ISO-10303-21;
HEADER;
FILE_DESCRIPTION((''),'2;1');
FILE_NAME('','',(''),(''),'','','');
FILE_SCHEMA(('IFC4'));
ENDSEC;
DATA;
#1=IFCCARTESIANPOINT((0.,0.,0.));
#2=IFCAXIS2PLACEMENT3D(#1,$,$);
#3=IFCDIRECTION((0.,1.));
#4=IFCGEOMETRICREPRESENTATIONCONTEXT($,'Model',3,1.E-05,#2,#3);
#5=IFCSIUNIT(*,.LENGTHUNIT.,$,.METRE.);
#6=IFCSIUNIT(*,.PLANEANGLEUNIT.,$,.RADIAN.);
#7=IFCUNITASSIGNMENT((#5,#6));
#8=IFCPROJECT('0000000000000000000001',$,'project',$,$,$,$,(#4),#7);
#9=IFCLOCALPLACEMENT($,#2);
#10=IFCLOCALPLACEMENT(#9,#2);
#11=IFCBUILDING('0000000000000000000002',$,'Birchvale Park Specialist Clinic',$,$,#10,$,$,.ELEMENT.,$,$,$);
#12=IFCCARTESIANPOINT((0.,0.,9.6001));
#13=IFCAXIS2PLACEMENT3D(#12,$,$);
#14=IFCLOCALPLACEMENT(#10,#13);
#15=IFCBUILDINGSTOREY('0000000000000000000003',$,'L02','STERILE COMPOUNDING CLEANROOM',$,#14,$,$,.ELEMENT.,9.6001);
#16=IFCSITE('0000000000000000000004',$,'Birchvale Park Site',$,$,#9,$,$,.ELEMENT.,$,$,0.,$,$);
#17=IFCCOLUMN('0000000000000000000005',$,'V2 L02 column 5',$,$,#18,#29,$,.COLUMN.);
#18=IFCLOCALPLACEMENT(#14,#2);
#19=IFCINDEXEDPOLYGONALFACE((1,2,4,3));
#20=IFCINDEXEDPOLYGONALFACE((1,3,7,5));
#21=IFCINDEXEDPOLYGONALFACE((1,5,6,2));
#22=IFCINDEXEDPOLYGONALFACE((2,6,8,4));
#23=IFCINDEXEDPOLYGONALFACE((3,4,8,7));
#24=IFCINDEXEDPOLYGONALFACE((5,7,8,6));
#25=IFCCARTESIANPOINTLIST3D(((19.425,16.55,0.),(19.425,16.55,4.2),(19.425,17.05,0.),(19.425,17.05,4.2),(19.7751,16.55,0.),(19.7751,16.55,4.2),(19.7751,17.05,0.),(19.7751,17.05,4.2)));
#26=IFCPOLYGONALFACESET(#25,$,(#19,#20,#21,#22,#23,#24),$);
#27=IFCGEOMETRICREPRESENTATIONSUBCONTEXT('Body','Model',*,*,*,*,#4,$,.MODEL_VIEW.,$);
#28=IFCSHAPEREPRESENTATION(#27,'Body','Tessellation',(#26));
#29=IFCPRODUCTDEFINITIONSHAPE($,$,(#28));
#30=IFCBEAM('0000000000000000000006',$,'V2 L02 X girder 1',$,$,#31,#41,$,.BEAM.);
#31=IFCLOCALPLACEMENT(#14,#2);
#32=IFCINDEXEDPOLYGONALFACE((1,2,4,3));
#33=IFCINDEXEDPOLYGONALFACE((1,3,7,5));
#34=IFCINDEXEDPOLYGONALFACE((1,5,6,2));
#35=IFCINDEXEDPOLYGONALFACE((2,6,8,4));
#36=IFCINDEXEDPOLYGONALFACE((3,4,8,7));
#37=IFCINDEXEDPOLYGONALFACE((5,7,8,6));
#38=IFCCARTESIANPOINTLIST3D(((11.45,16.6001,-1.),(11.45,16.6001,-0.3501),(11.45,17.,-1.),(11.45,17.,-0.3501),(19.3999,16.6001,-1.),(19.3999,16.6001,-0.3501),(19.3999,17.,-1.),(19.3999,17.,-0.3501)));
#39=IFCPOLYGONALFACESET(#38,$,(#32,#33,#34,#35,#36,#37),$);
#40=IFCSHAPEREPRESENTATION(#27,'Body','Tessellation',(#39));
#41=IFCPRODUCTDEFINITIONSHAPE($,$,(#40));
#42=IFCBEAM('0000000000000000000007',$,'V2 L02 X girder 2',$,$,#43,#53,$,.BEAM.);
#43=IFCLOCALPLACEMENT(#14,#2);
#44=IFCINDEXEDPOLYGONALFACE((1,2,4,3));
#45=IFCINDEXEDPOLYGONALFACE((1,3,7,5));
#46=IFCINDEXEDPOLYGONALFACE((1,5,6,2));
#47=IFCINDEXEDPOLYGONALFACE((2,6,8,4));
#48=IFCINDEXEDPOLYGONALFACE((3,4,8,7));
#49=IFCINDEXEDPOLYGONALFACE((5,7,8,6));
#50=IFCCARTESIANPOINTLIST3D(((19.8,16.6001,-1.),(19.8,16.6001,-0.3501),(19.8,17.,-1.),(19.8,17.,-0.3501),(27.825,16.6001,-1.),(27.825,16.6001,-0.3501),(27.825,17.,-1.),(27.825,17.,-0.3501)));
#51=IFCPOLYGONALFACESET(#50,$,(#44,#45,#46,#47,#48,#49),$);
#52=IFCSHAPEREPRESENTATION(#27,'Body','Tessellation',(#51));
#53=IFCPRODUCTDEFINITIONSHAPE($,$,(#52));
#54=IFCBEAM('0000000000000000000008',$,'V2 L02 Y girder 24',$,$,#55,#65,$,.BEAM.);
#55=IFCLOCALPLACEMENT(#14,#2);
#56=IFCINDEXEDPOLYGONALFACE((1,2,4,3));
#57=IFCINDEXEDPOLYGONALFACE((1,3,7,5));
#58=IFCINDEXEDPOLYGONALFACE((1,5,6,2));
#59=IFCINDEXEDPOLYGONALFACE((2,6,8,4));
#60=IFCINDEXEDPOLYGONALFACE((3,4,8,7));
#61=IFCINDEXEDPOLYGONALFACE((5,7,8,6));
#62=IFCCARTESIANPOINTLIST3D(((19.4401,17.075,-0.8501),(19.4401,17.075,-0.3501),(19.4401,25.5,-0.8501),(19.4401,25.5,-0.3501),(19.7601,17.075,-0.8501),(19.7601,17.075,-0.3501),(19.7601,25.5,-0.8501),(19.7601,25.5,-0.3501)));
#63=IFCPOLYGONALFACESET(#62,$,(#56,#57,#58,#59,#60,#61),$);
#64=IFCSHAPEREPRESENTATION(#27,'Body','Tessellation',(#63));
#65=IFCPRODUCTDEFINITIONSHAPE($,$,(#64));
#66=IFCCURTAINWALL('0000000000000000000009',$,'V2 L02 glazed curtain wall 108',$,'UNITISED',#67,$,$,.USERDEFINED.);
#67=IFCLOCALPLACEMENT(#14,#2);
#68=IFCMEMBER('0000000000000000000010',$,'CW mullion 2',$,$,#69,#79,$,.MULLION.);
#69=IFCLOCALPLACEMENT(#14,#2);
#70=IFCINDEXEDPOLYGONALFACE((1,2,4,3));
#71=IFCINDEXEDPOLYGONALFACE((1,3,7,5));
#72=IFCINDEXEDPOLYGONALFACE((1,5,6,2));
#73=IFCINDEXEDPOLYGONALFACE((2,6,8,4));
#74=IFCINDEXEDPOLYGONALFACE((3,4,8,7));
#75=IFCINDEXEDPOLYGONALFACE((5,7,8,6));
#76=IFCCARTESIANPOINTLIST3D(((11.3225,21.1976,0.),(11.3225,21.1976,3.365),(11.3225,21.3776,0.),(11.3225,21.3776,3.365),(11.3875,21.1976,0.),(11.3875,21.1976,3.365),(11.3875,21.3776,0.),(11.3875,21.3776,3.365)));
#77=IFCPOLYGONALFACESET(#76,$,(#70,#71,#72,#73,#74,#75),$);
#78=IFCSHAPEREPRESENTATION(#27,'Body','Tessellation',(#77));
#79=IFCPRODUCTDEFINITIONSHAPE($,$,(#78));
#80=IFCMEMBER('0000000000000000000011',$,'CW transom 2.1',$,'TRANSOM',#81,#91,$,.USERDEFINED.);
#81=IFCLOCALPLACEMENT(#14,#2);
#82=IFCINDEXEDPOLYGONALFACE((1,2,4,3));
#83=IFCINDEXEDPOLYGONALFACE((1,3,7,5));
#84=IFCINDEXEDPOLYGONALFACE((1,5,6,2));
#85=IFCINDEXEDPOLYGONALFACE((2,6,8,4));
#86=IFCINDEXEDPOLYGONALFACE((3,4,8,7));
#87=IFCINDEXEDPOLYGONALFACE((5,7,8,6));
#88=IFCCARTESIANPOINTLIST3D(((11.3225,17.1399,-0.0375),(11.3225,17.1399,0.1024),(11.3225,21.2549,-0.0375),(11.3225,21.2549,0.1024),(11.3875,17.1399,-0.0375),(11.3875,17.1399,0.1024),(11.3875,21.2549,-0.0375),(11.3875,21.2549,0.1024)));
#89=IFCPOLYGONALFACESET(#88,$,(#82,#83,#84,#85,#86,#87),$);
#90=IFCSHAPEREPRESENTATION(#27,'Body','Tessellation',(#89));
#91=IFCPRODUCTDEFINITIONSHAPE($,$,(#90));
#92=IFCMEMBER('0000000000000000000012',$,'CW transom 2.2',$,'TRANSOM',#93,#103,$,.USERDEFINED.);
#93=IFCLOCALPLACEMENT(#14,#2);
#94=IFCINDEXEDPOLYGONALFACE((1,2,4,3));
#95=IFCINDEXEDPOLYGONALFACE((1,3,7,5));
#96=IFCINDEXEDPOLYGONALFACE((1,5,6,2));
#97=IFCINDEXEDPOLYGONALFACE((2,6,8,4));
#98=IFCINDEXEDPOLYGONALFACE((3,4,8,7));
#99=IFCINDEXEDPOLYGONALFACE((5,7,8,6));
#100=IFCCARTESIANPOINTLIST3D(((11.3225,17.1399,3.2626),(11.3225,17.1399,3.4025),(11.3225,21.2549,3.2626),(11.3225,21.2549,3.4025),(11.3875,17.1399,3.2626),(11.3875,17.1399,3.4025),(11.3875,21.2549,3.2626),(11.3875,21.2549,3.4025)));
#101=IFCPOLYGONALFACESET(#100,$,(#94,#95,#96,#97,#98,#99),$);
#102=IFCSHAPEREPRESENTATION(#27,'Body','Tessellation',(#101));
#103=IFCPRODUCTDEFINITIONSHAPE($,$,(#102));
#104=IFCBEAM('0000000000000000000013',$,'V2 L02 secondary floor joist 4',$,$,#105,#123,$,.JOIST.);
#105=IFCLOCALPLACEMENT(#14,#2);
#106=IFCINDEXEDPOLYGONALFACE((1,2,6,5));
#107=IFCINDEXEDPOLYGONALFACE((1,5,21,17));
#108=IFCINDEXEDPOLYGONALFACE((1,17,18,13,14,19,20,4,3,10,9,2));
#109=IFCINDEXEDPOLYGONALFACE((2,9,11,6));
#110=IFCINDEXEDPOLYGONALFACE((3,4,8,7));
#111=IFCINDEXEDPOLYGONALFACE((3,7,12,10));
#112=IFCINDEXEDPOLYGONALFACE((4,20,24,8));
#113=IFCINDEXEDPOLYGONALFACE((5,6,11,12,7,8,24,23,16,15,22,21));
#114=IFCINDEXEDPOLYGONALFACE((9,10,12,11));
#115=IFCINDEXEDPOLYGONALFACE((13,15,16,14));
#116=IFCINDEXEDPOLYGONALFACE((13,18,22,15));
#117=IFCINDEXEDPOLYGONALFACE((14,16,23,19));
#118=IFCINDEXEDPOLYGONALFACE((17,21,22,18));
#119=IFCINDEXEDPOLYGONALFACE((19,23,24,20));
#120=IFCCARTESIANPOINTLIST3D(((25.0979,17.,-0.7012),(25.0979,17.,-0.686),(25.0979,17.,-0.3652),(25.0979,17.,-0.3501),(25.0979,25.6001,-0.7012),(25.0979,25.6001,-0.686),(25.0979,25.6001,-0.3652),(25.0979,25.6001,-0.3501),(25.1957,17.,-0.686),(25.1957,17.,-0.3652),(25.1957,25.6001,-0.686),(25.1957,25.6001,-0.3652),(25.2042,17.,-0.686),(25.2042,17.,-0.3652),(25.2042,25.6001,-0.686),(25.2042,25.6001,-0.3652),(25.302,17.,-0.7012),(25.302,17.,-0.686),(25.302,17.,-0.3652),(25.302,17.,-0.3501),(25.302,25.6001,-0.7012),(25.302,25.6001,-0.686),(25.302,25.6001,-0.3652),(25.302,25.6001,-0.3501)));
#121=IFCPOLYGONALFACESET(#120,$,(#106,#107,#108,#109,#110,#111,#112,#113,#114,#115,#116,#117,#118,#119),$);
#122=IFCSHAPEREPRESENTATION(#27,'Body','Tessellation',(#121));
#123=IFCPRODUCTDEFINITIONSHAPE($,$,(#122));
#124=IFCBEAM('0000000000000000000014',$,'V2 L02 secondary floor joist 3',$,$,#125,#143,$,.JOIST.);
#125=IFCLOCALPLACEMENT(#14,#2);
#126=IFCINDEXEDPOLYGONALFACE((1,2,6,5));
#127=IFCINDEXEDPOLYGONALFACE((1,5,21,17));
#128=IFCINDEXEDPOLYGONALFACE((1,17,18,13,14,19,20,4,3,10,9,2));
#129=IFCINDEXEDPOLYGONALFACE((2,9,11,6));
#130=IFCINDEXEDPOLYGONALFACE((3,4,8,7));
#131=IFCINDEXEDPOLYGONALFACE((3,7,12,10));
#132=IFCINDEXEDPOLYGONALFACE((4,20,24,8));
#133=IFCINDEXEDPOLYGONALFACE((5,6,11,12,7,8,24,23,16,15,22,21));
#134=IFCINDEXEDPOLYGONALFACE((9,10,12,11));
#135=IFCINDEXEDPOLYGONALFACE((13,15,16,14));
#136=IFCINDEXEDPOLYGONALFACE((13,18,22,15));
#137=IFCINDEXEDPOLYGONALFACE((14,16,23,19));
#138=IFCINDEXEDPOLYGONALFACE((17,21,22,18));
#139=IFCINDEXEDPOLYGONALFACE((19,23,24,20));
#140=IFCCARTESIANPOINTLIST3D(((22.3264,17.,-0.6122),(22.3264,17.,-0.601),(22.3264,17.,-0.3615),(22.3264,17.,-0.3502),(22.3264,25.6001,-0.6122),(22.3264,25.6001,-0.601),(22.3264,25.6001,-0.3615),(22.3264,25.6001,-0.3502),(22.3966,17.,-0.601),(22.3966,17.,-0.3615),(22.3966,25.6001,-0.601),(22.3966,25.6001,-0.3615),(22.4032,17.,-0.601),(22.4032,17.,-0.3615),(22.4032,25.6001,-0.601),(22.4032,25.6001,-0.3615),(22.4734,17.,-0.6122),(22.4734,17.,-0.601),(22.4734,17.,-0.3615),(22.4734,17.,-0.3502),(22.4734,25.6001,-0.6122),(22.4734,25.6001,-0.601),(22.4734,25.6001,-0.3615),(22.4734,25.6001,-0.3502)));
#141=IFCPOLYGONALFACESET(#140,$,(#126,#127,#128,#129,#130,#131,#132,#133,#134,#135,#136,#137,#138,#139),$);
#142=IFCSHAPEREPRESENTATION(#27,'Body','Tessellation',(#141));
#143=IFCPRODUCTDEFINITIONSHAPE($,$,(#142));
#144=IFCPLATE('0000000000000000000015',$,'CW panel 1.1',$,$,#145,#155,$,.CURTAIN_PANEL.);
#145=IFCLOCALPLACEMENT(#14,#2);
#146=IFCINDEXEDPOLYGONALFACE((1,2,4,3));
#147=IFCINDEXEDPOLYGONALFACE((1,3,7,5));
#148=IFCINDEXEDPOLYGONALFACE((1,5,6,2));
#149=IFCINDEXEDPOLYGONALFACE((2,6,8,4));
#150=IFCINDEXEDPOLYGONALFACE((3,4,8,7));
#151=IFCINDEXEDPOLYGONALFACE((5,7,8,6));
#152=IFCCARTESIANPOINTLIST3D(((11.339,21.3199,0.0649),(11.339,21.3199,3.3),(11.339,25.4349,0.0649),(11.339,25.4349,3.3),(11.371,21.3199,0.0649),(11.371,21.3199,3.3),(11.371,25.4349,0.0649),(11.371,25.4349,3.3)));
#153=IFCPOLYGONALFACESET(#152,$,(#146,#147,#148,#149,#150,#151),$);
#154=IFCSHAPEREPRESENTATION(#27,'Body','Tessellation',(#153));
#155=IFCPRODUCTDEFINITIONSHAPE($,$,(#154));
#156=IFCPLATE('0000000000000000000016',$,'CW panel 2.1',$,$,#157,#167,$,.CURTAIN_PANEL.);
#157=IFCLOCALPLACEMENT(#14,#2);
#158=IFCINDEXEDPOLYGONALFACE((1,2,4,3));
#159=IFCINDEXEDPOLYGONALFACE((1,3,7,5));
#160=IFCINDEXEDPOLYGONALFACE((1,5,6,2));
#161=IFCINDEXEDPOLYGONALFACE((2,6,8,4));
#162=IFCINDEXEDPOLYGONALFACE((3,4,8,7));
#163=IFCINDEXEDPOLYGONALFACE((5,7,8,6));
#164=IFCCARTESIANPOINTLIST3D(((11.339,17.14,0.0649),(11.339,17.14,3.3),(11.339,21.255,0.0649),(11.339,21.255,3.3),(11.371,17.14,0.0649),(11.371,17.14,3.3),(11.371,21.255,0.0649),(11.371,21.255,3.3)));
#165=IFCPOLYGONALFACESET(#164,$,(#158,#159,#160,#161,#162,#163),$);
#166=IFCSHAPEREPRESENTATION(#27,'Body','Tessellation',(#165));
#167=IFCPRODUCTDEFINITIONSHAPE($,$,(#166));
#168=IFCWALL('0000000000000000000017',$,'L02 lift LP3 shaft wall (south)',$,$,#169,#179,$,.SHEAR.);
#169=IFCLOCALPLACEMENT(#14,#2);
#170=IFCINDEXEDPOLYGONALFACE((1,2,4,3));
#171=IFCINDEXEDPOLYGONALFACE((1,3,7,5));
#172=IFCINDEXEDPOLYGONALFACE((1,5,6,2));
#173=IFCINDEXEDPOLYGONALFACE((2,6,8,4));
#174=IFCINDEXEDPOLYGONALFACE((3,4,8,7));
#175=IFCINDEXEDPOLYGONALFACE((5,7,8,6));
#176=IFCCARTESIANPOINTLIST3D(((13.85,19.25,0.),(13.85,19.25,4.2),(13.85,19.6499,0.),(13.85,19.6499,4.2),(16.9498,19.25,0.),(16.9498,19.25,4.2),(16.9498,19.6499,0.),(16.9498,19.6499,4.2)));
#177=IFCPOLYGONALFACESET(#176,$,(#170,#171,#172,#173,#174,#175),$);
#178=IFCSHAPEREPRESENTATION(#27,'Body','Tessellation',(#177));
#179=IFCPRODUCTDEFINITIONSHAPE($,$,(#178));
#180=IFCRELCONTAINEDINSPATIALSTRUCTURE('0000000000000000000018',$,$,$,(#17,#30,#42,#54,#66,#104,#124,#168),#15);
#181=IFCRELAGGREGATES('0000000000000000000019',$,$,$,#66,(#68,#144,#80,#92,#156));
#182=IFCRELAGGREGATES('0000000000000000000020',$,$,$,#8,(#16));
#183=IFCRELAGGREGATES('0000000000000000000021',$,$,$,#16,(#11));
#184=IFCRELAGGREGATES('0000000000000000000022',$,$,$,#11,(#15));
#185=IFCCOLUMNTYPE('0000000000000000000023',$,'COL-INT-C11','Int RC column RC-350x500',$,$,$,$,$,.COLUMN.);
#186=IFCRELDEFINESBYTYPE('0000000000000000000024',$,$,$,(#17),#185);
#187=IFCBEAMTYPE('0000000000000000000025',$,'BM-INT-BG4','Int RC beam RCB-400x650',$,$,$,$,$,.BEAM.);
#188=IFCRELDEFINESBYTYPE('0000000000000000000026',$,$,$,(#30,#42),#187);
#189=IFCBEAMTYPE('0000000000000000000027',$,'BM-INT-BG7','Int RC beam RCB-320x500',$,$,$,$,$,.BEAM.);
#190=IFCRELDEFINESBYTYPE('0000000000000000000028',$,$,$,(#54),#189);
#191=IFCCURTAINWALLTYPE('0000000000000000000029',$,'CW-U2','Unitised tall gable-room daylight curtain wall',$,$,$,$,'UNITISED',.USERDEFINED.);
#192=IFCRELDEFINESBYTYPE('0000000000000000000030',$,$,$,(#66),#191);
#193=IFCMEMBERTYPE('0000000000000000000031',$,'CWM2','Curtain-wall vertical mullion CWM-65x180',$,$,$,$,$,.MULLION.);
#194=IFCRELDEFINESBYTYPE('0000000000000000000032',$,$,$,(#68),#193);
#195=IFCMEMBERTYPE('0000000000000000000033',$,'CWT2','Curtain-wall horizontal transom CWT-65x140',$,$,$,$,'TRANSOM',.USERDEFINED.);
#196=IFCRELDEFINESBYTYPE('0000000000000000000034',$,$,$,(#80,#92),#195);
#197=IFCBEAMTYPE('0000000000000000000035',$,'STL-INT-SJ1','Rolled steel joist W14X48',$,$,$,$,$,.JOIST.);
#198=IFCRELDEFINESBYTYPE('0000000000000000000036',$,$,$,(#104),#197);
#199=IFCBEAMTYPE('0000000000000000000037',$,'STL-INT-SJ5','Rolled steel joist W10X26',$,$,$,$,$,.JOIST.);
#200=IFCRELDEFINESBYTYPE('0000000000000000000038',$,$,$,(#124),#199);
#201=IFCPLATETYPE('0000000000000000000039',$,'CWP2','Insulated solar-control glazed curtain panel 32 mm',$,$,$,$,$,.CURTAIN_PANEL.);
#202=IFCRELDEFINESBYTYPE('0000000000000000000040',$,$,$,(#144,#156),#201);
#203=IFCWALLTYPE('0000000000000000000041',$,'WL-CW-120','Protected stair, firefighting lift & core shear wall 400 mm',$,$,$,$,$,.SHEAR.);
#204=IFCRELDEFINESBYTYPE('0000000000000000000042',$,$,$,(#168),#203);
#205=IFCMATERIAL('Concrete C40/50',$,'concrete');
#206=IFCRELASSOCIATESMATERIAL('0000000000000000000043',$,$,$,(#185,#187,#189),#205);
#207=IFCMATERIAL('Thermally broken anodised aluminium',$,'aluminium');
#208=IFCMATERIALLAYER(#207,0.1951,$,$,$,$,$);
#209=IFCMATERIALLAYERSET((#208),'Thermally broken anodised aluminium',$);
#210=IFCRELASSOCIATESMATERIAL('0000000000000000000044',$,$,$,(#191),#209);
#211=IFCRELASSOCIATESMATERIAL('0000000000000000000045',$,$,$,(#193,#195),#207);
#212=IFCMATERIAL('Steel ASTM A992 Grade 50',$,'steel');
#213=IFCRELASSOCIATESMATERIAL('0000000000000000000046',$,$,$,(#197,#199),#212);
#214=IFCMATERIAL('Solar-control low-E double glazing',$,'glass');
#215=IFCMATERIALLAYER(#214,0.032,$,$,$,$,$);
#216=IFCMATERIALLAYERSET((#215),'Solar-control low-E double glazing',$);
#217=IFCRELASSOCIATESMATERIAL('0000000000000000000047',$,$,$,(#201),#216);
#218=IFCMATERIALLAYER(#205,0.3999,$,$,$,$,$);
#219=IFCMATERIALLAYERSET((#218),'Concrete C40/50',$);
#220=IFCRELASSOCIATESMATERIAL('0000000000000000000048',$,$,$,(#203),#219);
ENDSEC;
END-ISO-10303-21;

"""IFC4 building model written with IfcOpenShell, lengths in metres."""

from ifc_helpers import new_model, si_unit, direction, frame, frame_2d, origin, origin_2d, place, context, subcontext, project, spatial, rectangle, i_section, extrude, material, layer, layer_set, material_profile, profile_set, type_object, element, aggregate, save


model = new_model("IFC4")

# Units and contexts
model_context = context("Model", 3, precision=1e-05, world=origin(), true_north=direction((0.0, 1.0)))
body_context = subcontext(model_context, "Body", "Model", "MODEL_VIEW")
ifc_project = project(units=[si_unit("LENGTHUNIT", "METRE"), si_unit("PLANEANGLEUNIT", "RADIAN")], contexts=[model_context])

# Site, building, storey
site_placement = place(None, origin())
site = spatial("IfcSite", under=ifc_project, at=site_placement, Name="Birchvale Park Site", CompositionType="ELEMENT", RefElevation=0.0)
building_placement = place(site_placement, origin())
building = spatial("IfcBuilding", under=site, at=building_placement, Name="Birchvale Park Specialist Clinic", CompositionType="ELEMENT")
storey_placement = place(building_placement, frame((0.0, 0.0, 9.6001)))
storey = spatial("IfcBuildingStorey", under=building, at=storey_placement, Name="L02", Description="STERILE COMPOUNDING CLEANROOM", CompositionType="ELEMENT", Elevation=9.6001)

# Column
ifc_material_1 = material(Name="Concrete C40/50", Category="concrete")
ifc_material_profile_1 = material_profile(ifc_material_1, rectangle(XDim=0.3501, YDim=0.5, at=origin_2d()), Name="RC-350x500")
ifc_profile_set_1 = profile_set([ifc_material_profile_1], Name="Concrete C40/50")
column_type = type_object("IfcColumnType", Name="COL-INT-C11", Description="Int RC column RC-350x500", PredefinedType="COLUMN", material=ifc_profile_set_1)
column_placement = place(storey_placement, frame((19.6001, 16.8, 0.0), z_axis=(0.0, 0.0, 1.0), x_axis=(1.0, 0.0, 0.0)))
element("IfcColumn", 1, at=column_placement, inside=storey, type_object=column_type, Name="V2 L02 column 5", PredefinedType="COLUMN", context=body_context, shape_type="SweptSolid", body=[
    extrude(rectangle(XDim=0.3501, YDim=0.5, at=origin_2d()), origin(), (0.0, 0.0, 1.0), 4.2),
])

# Beams
ifc_material_profile_2 = material_profile(ifc_material_1, rectangle(XDim=0.3999, YDim=0.6499, at=origin_2d()), Name="RCB-400x650")
ifc_profile_set_2 = profile_set([ifc_material_profile_2], Name="Concrete C40/50")
beam_type_1 = type_object("IfcBeamType", Name="BM-INT-BG4", Description="Int RC beam RCB-400x650", PredefinedType="BEAM", material=ifc_profile_set_2)
beam_1_placement = place(storey_placement, frame((11.45, 16.8, -0.675), z_axis=(1.0, 0.0, 0.0), x_axis=(0.0, 1.0, 0.0)))
element("IfcBeam", 2, at=beam_1_placement, inside=storey, type_object=beam_type_1, Name="V2 L02 X girder 1", PredefinedType="BEAM", context=body_context, shape_type="SweptSolid", body=[
    extrude(rectangle(XDim=0.3999, YDim=0.6499, at=origin_2d()), origin(), (0.0, 0.0, 1.0), 7.95),
])
beam_2_placement = place(storey_placement, frame((19.8, 16.8, -0.675), z_axis=(1.0, 0.0, 0.0), x_axis=(0.0, 1.0, 0.0)))
element("IfcBeam", 3, at=beam_2_placement, inside=storey, type_object=beam_type_1, Name="V2 L02 X girder 2", PredefinedType="BEAM", context=body_context, shape_type="SweptSolid", body=[
    extrude(rectangle(XDim=0.3999, YDim=0.6499, at=origin_2d()), origin(), (0.0, 0.0, 1.0), 8.0249),
])
ifc_material_profile_3 = material_profile(ifc_material_1, rectangle(XDim=0.3201, YDim=0.5, at=origin_2d()), Name="RCB-320x500")
ifc_profile_set_3 = profile_set([ifc_material_profile_3], Name="Concrete C40/50")
beam_type_2 = type_object("IfcBeamType", Name="BM-INT-BG7", Description="Int RC beam RCB-320x500", PredefinedType="BEAM", material=ifc_profile_set_3)
beam_3_placement = place(storey_placement, frame((19.6001, 17.075, -0.6001), z_axis=(0.0, 1.0, 0.0), x_axis=(-1.0, 0.0, 0.0)))
element("IfcBeam", 4, at=beam_3_placement, inside=storey, type_object=beam_type_2, Name="V2 L02 Y girder 24", PredefinedType="BEAM", context=body_context, shape_type="SweptSolid", body=[
    extrude(rectangle(XDim=0.3201, YDim=0.5, at=origin_2d()), origin(), (0.0, 0.0, 1.0), 8.425),
])

# Curtain wall, members
ifc_material_2 = material(Name="Thermally broken anodised aluminium", Category="aluminium")
ifc_layer_1 = layer(ifc_material_2, 0.1951)
ifc_layer_set_1 = layer_set([ifc_layer_1], Name="Thermally broken anodised aluminium")
curtain_wall_type = type_object("IfcCurtainWallType", Name="CW-U2", Description="Unitised tall gable-room daylight curtain wall", ElementType="UNITISED", PredefinedType="USERDEFINED", material=ifc_layer_set_1)
curtain_wall_placement = place(storey_placement, origin())
curtain_wall = element("IfcCurtainWall", 5, at=curtain_wall_placement, inside=storey, type_object=curtain_wall_type, Name="V2 L02 glazed curtain wall 108", ObjectType="UNITISED", PredefinedType="USERDEFINED")
ifc_material_profile_4 = material_profile(ifc_material_2, rectangle(XDim=0.0649, YDim=0.1799, at=origin_2d()), Name="CWM-65x180")
ifc_profile_set_4 = profile_set([ifc_material_profile_4], Name="Thermally broken anodised aluminium")
member_type_1 = type_object("IfcMemberType", Name="CWM2", Description="Curtain-wall vertical mullion CWM-65x180", PredefinedType="MULLION", material=ifc_profile_set_4)
member_1_placement = place(storey_placement, frame((11.355, 21.2876, 0.0), z_axis=(0.0, 0.0, 1.0), x_axis=(1.0, 0.0, 0.0)))
member_1 = element("IfcMember", 6, at=member_1_placement, type_object=member_type_1, Name="CW mullion 2", PredefinedType="MULLION", context=body_context, shape_type="SweptSolid", body=[
    extrude(rectangle(XDim=0.0649, YDim=0.1799, at=origin_2d()), origin(), (0.0, 0.0, 1.0), 3.365),
])
ifc_material_profile_5 = material_profile(ifc_material_2, rectangle(XDim=0.0649, YDim=0.1399, at=origin_2d()), Name="CWT-65x140")
ifc_profile_set_5 = profile_set([ifc_material_profile_5], Name="Thermally broken anodised aluminium")
member_type_2 = type_object("IfcMemberType", Name="CWT2", Description="Curtain-wall horizontal transom CWT-65x140", ElementType="TRANSOM", PredefinedType="USERDEFINED", material=ifc_profile_set_5)
member_2_placement = place(storey_placement, frame((11.355, 21.2549, 0.0325), z_axis=(0.0, -1.0, 0.0), x_axis=(1.0, 0.0, 0.0)))
member_2 = element("IfcMember", 7, at=member_2_placement, type_object=member_type_2, Name="CW transom 2.1", ObjectType="TRANSOM", PredefinedType="USERDEFINED", context=body_context, shape_type="SweptSolid", body=[
    extrude(rectangle(XDim=0.0649, YDim=0.1399, at=origin_2d()), origin(), (0.0, 0.0, 1.0), 4.115),
])
member_3_placement = place(storey_placement, frame((11.355, 21.2549, 3.3325), z_axis=(0.0, -1.0, 0.0), x_axis=(1.0, 0.0, 0.0)))
member_3 = element("IfcMember", 8, at=member_3_placement, type_object=member_type_2, Name="CW transom 2.2", ObjectType="TRANSOM", PredefinedType="USERDEFINED", context=body_context, shape_type="SweptSolid", body=[
    extrude(rectangle(XDim=0.0649, YDim=0.1399, at=origin_2d()), origin(), (0.0, 0.0, 1.0), 4.115),
])

# Beams
ifc_material_3 = material(Name="Steel ASTM A992 Grade 50", Category="steel")
ifc_material_profile_6 = material_profile(ifc_material_3, i_section(OverallWidth=0.2041, OverallDepth=0.3511, WebThickness=0.0085, FlangeThickness=0.0151, at=origin_2d()), Name="W14X48")
ifc_profile_set_6 = profile_set([ifc_material_profile_6], Name="Steel ASTM A992 Grade 50")
beam_type_3 = type_object("IfcBeamType", Name="STL-INT-SJ1", Description="Rolled steel joist W14X48", PredefinedType="JOIST", material=ifc_profile_set_6)
beam_4_placement = place(storey_placement, frame((25.2, 17.0, -0.5256), z_axis=(0.0, 1.0, 0.0), x_axis=(-1.0, 0.0, 0.0)))
element("IfcBeam", 9, at=beam_4_placement, inside=storey, type_object=beam_type_3, Name="V2 L02 secondary floor joist 4", PredefinedType="JOIST", context=body_context, shape_type="SweptSolid", body=[
    extrude(i_section(OverallWidth=0.2041, OverallDepth=0.3511, WebThickness=0.0085, FlangeThickness=0.0151, at=origin_2d()), origin(), (0.0, 0.0, 1.0), 8.6001),
])
ifc_material_profile_7 = material_profile(ifc_material_3, i_section(OverallWidth=0.147, OverallDepth=0.262, WebThickness=0.0066, FlangeThickness=0.0112, at=origin_2d()), Name="W10X26")
ifc_profile_set_7 = profile_set([ifc_material_profile_7], Name="Steel ASTM A992 Grade 50")
beam_type_4 = type_object("IfcBeamType", Name="STL-INT-SJ5", Description="Rolled steel joist W10X26", PredefinedType="JOIST", material=ifc_profile_set_7)
beam_5_placement = place(storey_placement, frame((22.3999, 17.0, -0.4812), z_axis=(0.0, 1.0, 0.0), x_axis=(-1.0, 0.0, 0.0)))
element("IfcBeam", 10, at=beam_5_placement, inside=storey, type_object=beam_type_4, Name="V2 L02 secondary floor joist 3", PredefinedType="JOIST", context=body_context, shape_type="SweptSolid", body=[
    extrude(i_section(OverallWidth=0.147, OverallDepth=0.262, WebThickness=0.0066, FlangeThickness=0.0112, at=origin_2d()), origin(), (0.0, 0.0, 1.0), 8.6001),
])

# Plates
ifc_material_4 = material(Name="Solar-control low-E double glazing", Category="glass")
ifc_layer_2 = layer(ifc_material_4, 0.032)
ifc_layer_set_2 = layer_set([ifc_layer_2], Name="Solar-control low-E double glazing")
plate_type = type_object("IfcPlateType", Name="CWP2", Description="Insulated solar-control glazed curtain panel 32 mm", PredefinedType="CURTAIN_PANEL", material=ifc_layer_set_2)
plate_1_placement = place(storey_placement, frame((11.355, 23.3774, 0.0649), z_axis=(0.0, 0.0, 1.0), x_axis=(0.0, -1.0, 0.0)))
plate_1 = element("IfcPlate", 11, at=plate_1_placement, type_object=plate_type, Name="CW panel 1.1", PredefinedType="CURTAIN_PANEL", context=body_context, shape_type="SweptSolid", body=[
    extrude(rectangle(XDim=4.115, YDim=0.032, at=origin_2d()), origin(), (0.0, 0.0, 1.0), 3.2351),
])
plate_2_placement = place(storey_placement, frame((11.355, 19.1975, 0.0649), z_axis=(0.0, 0.0, 1.0), x_axis=(0.0, -1.0, 0.0)))
plate_2 = element("IfcPlate", 12, at=plate_2_placement, type_object=plate_type, Name="CW panel 2.1", PredefinedType="CURTAIN_PANEL", context=body_context, shape_type="SweptSolid", body=[
    extrude(rectangle(XDim=4.115, YDim=0.032, at=origin_2d()), origin(), (0.0, 0.0, 1.0), 3.2351),
])
aggregate(curtain_wall, [member_1, plate_1, member_2, member_3, plate_2])

# Wall
ifc_layer_3 = layer(ifc_material_1, 0.3999)
ifc_layer_set_3 = layer_set([ifc_layer_3], Name="Concrete C40/50")
wall_type_1 = type_object("IfcWallType", Name="WL-CW-120", Description="Protected stair, firefighting lift & core shear wall 400 mm", PredefinedType="SHEAR", material=ifc_layer_set_3)
wall_1_placement = place(storey_placement, frame((13.8501, 19.45, 0.0), z_axis=(0.0, 0.0, 1.0), x_axis=(1.0, 0.0, 0.0)))
element("IfcWall", 13, at=wall_1_placement, inside=storey, type_object=wall_type_1, Name="L02 lift LP3 shaft wall (south)", PredefinedType="SHEAR", context=body_context, shape_type="SweptSolid", body=[
    extrude(rectangle(XDim=3.0999, YDim=0.3999, at=frame_2d((1.5498, 0.0))), origin(), (0.0, 0.0, 1.0), 4.2),
])

save(model, "model.ifc")
